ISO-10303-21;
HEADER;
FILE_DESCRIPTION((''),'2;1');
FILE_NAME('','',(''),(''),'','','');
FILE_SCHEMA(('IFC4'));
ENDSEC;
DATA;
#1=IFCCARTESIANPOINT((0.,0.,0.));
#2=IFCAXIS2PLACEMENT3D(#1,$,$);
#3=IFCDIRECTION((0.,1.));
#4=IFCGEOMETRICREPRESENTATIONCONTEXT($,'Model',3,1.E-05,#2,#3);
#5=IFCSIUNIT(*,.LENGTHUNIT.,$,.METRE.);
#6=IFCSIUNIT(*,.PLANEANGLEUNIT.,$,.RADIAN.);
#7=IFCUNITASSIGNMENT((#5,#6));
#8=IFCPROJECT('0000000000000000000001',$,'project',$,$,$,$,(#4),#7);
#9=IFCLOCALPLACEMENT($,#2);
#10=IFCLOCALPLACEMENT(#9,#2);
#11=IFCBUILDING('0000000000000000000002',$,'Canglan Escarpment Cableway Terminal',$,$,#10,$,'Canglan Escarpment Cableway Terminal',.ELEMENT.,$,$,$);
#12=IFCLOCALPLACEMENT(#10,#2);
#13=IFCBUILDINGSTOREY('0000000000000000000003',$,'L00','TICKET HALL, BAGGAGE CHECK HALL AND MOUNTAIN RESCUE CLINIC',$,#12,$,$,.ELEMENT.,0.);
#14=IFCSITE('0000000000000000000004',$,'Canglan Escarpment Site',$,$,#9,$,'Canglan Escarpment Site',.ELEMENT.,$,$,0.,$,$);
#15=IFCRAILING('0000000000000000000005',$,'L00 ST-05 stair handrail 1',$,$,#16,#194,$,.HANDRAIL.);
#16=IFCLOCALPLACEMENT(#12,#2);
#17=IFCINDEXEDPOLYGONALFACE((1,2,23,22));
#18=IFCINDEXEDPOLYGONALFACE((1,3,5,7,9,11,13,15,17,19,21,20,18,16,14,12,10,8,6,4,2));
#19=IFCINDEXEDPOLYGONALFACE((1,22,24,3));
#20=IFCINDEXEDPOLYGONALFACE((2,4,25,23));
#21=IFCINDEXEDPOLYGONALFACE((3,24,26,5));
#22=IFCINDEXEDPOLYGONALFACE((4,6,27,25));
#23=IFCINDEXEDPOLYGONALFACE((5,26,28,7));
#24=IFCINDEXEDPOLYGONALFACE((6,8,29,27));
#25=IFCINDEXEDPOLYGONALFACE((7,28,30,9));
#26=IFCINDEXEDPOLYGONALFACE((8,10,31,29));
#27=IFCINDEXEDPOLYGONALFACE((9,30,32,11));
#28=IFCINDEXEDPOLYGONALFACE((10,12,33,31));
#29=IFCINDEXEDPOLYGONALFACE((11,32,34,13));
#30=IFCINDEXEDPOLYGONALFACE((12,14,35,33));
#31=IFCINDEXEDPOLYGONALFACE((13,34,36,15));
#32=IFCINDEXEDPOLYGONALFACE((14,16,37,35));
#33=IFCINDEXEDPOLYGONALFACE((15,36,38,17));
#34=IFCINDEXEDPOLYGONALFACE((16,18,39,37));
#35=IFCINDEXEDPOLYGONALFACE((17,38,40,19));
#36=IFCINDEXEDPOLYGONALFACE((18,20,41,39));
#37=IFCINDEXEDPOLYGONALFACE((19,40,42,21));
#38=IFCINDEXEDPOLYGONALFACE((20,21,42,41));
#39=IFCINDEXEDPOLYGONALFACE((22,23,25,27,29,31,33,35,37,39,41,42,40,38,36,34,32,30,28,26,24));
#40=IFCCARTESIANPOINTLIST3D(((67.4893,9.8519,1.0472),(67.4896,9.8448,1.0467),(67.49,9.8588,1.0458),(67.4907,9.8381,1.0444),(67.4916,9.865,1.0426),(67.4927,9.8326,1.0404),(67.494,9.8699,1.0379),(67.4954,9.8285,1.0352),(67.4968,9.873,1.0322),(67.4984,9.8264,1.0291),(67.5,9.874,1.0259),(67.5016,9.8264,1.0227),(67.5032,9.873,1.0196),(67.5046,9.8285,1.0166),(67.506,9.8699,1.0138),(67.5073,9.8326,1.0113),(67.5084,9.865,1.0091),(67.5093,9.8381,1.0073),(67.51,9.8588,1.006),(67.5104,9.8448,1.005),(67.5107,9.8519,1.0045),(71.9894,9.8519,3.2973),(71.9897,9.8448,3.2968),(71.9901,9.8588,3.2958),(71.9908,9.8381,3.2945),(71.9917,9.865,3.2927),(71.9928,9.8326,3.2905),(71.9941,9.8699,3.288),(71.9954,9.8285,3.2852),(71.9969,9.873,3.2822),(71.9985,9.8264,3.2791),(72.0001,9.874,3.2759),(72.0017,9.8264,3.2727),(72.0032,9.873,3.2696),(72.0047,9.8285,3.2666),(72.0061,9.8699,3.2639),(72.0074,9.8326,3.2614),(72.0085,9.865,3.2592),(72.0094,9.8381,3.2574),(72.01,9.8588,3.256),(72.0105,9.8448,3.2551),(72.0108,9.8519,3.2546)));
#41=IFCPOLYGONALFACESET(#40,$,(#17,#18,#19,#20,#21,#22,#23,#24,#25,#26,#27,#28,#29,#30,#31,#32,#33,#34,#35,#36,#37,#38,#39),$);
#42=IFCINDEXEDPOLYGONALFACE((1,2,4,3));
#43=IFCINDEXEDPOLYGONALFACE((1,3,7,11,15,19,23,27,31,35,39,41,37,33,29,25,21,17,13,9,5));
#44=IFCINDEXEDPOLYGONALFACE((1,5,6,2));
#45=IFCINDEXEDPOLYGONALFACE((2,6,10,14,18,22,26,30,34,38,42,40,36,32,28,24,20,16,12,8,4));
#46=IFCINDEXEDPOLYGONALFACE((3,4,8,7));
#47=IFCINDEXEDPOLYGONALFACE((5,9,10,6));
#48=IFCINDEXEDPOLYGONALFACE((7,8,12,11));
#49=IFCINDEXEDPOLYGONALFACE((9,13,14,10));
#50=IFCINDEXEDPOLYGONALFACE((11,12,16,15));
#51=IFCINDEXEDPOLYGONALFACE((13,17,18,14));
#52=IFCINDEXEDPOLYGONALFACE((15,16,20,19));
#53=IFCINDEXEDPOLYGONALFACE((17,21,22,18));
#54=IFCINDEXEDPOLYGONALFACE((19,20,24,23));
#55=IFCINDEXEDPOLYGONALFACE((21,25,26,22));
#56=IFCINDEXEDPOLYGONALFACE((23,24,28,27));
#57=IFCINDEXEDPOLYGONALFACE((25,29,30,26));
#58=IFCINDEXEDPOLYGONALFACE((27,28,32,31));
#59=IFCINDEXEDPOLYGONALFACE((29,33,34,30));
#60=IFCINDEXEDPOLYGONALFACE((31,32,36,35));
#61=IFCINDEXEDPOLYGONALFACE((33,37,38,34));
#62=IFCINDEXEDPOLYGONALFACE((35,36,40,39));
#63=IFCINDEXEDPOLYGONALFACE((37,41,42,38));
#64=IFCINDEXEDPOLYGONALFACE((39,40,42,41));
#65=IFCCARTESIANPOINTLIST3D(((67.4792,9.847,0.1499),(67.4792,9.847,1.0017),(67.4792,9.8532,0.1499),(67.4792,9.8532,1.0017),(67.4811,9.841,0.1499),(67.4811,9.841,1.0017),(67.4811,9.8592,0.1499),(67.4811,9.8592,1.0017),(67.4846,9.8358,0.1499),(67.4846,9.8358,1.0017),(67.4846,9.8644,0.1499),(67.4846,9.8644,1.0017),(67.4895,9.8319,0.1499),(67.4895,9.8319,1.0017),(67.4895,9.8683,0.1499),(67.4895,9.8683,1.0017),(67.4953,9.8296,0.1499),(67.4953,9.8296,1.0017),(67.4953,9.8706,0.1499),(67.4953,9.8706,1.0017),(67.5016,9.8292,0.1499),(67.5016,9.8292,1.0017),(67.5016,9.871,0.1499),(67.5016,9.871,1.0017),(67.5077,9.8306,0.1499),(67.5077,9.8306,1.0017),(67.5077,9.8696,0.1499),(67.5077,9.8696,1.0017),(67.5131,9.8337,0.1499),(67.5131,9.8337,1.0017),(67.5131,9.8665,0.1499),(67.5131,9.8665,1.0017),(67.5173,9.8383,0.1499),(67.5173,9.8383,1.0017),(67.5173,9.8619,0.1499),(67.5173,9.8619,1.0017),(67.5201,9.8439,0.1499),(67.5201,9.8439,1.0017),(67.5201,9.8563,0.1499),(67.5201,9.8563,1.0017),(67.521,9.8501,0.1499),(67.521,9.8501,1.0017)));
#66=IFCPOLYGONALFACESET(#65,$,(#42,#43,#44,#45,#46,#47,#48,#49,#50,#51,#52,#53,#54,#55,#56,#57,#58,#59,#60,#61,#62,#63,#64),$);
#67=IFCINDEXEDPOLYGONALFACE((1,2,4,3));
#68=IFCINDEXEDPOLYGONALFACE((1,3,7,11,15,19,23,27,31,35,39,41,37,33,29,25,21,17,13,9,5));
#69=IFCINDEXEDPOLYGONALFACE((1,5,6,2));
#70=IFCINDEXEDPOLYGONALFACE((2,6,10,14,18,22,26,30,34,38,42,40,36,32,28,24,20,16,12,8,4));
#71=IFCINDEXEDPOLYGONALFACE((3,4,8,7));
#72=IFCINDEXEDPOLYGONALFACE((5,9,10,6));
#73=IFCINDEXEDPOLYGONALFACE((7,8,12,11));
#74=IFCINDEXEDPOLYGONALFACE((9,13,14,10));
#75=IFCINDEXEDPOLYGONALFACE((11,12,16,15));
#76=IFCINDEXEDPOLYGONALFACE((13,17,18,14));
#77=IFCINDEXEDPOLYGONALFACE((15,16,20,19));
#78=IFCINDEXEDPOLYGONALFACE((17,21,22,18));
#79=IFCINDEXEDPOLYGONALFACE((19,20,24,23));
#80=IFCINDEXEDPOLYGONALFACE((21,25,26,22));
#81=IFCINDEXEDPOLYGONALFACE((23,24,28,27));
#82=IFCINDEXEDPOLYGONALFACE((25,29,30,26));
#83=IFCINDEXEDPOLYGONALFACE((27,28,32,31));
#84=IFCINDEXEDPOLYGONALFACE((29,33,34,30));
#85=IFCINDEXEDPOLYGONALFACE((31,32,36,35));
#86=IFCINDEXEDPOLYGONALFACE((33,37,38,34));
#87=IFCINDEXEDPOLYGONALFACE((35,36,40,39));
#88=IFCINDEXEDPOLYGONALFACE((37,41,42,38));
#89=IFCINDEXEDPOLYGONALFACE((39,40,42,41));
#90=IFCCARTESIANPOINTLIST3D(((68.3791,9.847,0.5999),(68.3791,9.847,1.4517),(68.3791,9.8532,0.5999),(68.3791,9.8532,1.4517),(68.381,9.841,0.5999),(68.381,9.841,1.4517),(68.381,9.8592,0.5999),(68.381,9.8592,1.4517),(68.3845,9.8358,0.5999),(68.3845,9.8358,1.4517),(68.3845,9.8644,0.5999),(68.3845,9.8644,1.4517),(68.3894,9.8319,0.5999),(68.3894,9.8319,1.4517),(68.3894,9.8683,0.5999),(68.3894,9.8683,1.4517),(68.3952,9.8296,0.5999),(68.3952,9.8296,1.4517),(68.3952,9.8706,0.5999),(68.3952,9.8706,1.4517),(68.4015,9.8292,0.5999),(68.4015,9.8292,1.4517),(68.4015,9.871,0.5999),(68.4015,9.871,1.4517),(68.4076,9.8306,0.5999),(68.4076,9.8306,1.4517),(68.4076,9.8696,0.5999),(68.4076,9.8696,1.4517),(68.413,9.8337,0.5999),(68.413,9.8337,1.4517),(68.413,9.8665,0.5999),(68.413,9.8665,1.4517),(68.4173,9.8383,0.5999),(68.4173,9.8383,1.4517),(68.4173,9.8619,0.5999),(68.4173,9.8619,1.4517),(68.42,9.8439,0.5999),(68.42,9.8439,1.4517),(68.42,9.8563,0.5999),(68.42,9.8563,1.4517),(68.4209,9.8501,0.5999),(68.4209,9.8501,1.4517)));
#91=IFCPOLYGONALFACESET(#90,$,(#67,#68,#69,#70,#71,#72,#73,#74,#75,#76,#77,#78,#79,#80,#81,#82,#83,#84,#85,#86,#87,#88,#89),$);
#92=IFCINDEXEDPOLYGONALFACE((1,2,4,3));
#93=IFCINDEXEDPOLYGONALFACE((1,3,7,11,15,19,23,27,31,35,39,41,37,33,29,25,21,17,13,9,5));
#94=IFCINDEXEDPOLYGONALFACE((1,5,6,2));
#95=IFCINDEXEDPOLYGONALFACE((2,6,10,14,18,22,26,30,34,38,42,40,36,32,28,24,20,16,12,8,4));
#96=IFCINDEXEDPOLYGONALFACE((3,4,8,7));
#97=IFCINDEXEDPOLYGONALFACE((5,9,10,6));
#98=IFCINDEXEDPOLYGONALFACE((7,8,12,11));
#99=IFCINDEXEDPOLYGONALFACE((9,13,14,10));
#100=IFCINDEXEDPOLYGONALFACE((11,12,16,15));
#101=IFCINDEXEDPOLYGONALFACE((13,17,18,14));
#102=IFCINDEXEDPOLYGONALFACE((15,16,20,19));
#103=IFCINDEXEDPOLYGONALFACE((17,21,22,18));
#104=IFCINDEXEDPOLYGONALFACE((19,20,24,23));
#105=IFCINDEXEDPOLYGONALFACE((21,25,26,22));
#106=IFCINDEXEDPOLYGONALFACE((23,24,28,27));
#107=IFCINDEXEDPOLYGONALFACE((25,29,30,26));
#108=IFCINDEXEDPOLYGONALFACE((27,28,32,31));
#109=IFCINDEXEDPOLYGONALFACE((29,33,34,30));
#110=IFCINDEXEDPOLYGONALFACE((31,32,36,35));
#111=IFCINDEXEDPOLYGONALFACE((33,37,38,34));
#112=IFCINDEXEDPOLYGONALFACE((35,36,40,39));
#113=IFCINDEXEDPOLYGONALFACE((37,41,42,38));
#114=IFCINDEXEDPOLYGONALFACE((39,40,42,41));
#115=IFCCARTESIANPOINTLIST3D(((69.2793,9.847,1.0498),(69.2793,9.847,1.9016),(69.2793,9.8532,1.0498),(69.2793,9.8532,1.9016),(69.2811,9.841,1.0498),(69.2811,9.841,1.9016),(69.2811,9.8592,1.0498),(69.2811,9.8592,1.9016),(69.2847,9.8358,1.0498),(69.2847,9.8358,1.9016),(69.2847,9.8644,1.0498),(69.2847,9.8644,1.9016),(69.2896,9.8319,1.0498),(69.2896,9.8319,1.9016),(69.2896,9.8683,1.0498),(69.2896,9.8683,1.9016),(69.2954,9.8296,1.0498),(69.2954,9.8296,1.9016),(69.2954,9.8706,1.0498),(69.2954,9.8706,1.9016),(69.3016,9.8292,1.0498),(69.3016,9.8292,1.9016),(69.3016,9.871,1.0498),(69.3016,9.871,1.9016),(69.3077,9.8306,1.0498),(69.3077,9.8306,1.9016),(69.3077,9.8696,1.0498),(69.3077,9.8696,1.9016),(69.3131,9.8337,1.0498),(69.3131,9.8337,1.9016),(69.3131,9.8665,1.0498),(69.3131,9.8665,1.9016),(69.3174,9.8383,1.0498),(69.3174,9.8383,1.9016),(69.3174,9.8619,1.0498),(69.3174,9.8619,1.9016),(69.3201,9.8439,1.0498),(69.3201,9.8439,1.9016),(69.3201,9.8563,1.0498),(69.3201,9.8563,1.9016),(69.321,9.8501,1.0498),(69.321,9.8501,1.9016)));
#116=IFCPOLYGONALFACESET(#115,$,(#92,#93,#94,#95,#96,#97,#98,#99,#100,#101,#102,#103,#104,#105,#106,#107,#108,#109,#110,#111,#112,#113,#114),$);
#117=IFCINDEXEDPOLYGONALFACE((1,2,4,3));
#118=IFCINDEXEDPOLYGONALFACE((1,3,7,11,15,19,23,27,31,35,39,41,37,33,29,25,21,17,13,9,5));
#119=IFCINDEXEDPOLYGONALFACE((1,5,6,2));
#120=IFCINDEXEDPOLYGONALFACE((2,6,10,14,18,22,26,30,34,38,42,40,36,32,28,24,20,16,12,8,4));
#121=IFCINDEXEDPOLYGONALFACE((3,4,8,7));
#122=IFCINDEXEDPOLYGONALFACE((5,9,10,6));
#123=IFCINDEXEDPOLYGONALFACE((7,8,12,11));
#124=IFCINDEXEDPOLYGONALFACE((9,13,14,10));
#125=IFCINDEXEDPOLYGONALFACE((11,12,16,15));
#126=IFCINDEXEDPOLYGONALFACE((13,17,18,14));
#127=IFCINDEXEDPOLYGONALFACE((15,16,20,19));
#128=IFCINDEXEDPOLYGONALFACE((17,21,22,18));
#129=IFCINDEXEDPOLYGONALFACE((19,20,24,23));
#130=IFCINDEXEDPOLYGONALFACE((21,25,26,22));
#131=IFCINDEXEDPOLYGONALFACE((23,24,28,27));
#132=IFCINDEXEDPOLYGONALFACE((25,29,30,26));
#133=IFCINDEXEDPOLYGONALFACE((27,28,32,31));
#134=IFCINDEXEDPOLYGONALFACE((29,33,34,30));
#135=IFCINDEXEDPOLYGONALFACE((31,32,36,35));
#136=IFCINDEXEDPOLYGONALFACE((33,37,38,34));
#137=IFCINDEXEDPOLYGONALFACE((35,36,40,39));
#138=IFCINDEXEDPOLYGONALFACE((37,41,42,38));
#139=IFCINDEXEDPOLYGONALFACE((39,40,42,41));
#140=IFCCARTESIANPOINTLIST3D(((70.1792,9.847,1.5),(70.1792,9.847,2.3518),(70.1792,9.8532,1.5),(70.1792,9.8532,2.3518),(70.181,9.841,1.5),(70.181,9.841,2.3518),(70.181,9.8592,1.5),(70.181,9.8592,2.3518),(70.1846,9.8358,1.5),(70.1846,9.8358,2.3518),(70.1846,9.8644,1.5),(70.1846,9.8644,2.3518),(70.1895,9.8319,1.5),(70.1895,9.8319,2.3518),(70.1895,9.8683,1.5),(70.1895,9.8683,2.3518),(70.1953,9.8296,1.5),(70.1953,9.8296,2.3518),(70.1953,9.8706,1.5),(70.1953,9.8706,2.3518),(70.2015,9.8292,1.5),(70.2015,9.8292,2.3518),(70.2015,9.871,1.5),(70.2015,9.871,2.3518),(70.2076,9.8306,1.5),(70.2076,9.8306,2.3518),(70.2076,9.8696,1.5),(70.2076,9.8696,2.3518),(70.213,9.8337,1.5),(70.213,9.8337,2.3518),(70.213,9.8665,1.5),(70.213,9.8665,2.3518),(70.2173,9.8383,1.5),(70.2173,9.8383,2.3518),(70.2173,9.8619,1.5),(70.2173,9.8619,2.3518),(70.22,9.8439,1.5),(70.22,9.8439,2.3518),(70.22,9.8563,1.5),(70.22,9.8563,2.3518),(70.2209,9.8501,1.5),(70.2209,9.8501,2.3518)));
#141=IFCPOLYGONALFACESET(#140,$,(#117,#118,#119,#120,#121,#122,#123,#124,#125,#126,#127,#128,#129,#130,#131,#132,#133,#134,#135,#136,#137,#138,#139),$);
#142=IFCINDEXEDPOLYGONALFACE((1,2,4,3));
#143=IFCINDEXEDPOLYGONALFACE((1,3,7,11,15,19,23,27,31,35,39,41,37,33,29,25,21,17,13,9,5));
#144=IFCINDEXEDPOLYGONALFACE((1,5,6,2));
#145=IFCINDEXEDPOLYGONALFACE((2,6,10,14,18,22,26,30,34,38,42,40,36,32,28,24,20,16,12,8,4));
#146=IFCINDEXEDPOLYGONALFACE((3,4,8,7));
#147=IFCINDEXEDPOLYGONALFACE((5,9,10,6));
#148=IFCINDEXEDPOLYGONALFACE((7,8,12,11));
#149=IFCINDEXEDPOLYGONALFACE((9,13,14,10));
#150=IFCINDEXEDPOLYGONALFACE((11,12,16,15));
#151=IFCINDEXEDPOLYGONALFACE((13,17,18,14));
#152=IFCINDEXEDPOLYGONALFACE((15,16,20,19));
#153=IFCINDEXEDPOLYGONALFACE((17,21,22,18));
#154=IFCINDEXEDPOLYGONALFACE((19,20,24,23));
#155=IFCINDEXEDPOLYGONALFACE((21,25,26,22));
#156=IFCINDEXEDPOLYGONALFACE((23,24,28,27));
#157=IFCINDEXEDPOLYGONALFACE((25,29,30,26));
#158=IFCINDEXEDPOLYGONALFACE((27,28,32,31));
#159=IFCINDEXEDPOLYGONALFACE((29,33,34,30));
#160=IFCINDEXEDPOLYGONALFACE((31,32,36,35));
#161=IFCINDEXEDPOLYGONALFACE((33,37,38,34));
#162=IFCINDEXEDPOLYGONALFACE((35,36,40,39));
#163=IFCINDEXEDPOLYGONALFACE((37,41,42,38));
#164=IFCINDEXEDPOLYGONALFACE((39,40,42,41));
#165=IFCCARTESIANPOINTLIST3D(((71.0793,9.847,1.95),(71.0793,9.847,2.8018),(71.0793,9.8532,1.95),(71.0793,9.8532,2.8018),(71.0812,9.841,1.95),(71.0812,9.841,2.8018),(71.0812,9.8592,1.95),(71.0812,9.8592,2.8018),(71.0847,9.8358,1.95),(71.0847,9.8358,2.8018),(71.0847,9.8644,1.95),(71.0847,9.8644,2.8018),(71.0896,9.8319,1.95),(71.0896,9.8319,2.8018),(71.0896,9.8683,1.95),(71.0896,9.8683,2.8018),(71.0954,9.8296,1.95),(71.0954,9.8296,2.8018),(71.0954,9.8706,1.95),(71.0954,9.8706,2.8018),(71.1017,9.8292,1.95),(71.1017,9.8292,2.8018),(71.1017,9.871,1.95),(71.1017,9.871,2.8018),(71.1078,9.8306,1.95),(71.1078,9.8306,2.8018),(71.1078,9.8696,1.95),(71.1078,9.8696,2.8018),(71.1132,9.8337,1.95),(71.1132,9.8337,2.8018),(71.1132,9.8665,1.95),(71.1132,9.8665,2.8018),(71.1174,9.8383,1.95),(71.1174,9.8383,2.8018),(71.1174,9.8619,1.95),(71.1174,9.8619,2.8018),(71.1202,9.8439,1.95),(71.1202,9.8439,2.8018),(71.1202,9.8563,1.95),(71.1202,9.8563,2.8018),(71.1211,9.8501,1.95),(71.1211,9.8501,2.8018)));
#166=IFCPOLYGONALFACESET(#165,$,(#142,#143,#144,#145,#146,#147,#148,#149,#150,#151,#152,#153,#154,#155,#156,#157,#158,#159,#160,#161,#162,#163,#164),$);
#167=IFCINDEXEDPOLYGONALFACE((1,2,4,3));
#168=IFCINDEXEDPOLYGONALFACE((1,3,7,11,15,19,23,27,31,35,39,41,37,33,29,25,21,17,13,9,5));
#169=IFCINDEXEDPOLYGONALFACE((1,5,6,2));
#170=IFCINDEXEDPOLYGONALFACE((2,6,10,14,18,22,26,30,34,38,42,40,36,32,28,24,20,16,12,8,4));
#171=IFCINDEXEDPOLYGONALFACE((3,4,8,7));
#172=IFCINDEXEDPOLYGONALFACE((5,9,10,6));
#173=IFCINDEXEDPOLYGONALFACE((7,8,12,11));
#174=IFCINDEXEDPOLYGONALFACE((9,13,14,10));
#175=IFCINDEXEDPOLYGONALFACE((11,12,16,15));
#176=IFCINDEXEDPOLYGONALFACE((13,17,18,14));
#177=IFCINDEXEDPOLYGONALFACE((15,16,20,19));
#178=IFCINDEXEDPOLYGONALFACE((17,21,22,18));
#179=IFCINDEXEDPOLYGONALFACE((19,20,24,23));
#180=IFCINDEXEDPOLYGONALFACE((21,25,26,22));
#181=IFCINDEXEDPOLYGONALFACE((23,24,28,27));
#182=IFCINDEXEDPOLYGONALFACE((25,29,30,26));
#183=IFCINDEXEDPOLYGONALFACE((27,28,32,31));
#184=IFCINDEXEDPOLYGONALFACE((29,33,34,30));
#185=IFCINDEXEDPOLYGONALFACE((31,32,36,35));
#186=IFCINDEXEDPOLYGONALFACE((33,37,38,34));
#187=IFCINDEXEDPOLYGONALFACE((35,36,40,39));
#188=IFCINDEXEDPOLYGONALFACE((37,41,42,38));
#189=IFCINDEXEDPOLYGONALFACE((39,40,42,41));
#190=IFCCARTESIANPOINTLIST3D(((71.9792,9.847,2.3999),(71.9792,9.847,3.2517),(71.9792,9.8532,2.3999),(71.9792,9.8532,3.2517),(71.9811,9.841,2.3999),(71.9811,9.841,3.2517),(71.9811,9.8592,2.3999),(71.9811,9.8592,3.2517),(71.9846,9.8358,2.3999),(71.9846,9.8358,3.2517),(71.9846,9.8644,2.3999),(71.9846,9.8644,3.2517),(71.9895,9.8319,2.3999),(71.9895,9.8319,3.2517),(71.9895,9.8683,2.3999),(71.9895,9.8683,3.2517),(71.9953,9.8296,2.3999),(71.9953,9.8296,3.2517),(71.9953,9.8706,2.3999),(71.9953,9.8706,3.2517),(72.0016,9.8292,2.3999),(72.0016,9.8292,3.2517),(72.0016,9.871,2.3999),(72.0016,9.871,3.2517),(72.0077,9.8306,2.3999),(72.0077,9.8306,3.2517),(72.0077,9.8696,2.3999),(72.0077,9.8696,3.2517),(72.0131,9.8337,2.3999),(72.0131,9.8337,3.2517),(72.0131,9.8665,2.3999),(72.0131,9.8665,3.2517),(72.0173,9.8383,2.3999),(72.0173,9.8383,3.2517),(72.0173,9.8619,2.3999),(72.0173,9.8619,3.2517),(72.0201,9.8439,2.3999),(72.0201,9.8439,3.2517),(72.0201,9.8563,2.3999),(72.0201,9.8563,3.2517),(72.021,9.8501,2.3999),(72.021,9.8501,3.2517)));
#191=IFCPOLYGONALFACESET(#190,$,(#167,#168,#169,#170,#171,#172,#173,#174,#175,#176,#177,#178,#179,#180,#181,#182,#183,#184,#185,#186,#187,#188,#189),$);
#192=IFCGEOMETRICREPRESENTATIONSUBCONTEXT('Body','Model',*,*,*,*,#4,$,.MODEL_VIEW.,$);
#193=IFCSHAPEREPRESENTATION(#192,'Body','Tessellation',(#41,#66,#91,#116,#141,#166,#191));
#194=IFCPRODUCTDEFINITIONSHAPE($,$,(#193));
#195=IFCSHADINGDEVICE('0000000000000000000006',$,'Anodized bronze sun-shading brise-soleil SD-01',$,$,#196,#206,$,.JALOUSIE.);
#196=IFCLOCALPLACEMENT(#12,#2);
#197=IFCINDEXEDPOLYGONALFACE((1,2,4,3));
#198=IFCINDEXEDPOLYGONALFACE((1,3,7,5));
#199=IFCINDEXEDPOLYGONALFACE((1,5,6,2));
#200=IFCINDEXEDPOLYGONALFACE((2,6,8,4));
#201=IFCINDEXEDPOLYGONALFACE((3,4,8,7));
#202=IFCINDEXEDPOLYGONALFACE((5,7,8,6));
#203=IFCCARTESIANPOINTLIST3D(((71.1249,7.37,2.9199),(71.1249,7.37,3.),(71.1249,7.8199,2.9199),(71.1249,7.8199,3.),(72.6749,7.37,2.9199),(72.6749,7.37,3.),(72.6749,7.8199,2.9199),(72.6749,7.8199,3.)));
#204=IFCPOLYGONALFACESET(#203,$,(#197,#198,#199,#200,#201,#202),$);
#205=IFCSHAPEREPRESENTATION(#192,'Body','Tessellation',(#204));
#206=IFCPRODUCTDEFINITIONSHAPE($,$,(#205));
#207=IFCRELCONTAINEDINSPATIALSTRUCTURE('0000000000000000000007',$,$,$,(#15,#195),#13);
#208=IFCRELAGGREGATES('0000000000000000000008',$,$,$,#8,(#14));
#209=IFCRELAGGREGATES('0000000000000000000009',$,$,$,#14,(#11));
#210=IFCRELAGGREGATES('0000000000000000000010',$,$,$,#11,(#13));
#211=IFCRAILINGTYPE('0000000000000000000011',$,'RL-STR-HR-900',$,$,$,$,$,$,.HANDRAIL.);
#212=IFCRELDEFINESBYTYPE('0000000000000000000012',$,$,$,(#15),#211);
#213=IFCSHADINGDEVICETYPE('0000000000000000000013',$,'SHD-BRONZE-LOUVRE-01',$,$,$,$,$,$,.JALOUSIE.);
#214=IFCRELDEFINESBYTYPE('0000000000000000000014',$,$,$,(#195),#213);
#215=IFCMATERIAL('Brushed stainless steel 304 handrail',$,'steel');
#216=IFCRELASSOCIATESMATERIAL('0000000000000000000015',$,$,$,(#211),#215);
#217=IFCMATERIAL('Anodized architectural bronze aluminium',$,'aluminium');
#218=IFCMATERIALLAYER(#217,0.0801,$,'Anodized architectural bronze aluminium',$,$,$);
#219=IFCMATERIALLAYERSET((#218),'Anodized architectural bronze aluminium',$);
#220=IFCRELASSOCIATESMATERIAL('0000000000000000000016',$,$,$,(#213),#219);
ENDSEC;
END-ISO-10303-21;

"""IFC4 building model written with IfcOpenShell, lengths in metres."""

from ifc_helpers import new_model, si_unit, direction, frame, origin, origin_2d, place, context, subcontext, project, spatial, rectangle, circle, extrude, material, layer, layer_set, type_object, element, save


model = new_model("IFC4")

# Units and contexts
model_context = context("Model", 3, precision=1e-05, world=origin(), true_north=direction((0.0, 1.0)))
body_context = subcontext(model_context, "Body", "Model", "MODEL_VIEW")
ifc_project = project(units=[si_unit("LENGTHUNIT", "METRE"), si_unit("PLANEANGLEUNIT", "RADIAN")], contexts=[model_context])

# Site, building, storey
site_placement = place(None, origin())
site = spatial("IfcSite", under=ifc_project, at=site_placement, Name="Canglan Escarpment Site", LongName="Canglan Escarpment Site", CompositionType="ELEMENT", RefElevation=0.0)
building_placement = place(site_placement, origin())
building = spatial("IfcBuilding", under=site, at=building_placement, Name="Canglan Escarpment Cableway Terminal", LongName="Canglan Escarpment Cableway Terminal", CompositionType="ELEMENT")
storey_placement = place(building_placement, origin())
storey = spatial("IfcBuildingStorey", under=building, at=storey_placement, Name="L00", Description="TICKET HALL, BAGGAGE CHECK HALL AND MOUNTAIN RESCUE CLINIC", CompositionType="ELEMENT", Elevation=0.0)

# Railing
ifc_material_1 = material(Name="Brushed stainless steel 304 handrail", Category="steel")
railing_type_1 = type_object("IfcRailingType", Name="RL-STR-HR-900", PredefinedType="HANDRAIL", material=ifc_material_1)
railing_1_placement = place(storey_placement, frame((67.5, 9.8501, 0.1499)))
element("IfcRailing", 1, at=railing_1_placement, inside=storey, type_object=railing_type_1, Name="L00 ST-05 stair handrail 1", PredefinedType="HANDRAIL", context=body_context, shape_type="SweptSolid", body=[
    extrude(circle(Radius=0.0239, at=origin_2d()), frame((0.0, 0.0, 0.876), z_axis=(0.894427, 0.0, 0.447214), x_axis=(0.0, 1.0, 0.0)), (0.0, 0.0, 1.0), 5.0312),
    extrude(circle(Radius=0.021, at=origin_2d()), origin(), (0.0, 0.0, 1.0), 0.8518),
    extrude(circle(Radius=0.021, at=origin_2d()), frame((0.8999, 0.0, 0.45)), (0.0, 0.0, 1.0), 0.8518),
    extrude(circle(Radius=0.021, at=origin_2d()), frame((1.8, 0.0, 0.8999)), (0.0, 0.0, 1.0), 0.8518),
    extrude(circle(Radius=0.021, at=origin_2d()), frame((2.7, 0.0, 1.3501)), (0.0, 0.0, 1.0), 0.8518),
    extrude(circle(Radius=0.021, at=origin_2d()), frame((3.6001, 0.0, 1.8)), (0.0, 0.0, 1.0), 0.8518),
    extrude(circle(Radius=0.021, at=origin_2d()), frame((4.5, 0.0, 2.25)), (0.0, 0.0, 1.0), 0.8518),
])

# Shading device
ifc_material_2 = material(Name="Anodized architectural bronze aluminium", Category="aluminium")
ifc_layer_1 = layer(ifc_material_2, 0.0801, Name="Anodized architectural bronze aluminium")
ifc_layer_set_1 = layer_set([ifc_layer_1], Name="Anodized architectural bronze aluminium")
shading_device_type = type_object("IfcShadingDeviceType", Name="SHD-BRONZE-LOUVRE-01", PredefinedType="JALOUSIE", material=ifc_layer_set_1)
shading_device_placement = place(storey_placement, frame((71.8999, 7.595, 2.9199), z_axis=(0.0, 0.0, 1.0), x_axis=(1.0, 0.0, 0.0)))
element("IfcShadingDevice", 2, at=shading_device_placement, inside=storey, type_object=shading_device_type, Name="Anodized bronze sun-shading brise-soleil SD-01", PredefinedType="JALOUSIE", context=body_context, shape_type="SweptSolid", body=[
    extrude(rectangle(XDim=1.55, YDim=0.45, at=origin_2d()), origin(), (0.0, 0.0, 1.0), 0.0801),
])

save(model, "model.ifc")
